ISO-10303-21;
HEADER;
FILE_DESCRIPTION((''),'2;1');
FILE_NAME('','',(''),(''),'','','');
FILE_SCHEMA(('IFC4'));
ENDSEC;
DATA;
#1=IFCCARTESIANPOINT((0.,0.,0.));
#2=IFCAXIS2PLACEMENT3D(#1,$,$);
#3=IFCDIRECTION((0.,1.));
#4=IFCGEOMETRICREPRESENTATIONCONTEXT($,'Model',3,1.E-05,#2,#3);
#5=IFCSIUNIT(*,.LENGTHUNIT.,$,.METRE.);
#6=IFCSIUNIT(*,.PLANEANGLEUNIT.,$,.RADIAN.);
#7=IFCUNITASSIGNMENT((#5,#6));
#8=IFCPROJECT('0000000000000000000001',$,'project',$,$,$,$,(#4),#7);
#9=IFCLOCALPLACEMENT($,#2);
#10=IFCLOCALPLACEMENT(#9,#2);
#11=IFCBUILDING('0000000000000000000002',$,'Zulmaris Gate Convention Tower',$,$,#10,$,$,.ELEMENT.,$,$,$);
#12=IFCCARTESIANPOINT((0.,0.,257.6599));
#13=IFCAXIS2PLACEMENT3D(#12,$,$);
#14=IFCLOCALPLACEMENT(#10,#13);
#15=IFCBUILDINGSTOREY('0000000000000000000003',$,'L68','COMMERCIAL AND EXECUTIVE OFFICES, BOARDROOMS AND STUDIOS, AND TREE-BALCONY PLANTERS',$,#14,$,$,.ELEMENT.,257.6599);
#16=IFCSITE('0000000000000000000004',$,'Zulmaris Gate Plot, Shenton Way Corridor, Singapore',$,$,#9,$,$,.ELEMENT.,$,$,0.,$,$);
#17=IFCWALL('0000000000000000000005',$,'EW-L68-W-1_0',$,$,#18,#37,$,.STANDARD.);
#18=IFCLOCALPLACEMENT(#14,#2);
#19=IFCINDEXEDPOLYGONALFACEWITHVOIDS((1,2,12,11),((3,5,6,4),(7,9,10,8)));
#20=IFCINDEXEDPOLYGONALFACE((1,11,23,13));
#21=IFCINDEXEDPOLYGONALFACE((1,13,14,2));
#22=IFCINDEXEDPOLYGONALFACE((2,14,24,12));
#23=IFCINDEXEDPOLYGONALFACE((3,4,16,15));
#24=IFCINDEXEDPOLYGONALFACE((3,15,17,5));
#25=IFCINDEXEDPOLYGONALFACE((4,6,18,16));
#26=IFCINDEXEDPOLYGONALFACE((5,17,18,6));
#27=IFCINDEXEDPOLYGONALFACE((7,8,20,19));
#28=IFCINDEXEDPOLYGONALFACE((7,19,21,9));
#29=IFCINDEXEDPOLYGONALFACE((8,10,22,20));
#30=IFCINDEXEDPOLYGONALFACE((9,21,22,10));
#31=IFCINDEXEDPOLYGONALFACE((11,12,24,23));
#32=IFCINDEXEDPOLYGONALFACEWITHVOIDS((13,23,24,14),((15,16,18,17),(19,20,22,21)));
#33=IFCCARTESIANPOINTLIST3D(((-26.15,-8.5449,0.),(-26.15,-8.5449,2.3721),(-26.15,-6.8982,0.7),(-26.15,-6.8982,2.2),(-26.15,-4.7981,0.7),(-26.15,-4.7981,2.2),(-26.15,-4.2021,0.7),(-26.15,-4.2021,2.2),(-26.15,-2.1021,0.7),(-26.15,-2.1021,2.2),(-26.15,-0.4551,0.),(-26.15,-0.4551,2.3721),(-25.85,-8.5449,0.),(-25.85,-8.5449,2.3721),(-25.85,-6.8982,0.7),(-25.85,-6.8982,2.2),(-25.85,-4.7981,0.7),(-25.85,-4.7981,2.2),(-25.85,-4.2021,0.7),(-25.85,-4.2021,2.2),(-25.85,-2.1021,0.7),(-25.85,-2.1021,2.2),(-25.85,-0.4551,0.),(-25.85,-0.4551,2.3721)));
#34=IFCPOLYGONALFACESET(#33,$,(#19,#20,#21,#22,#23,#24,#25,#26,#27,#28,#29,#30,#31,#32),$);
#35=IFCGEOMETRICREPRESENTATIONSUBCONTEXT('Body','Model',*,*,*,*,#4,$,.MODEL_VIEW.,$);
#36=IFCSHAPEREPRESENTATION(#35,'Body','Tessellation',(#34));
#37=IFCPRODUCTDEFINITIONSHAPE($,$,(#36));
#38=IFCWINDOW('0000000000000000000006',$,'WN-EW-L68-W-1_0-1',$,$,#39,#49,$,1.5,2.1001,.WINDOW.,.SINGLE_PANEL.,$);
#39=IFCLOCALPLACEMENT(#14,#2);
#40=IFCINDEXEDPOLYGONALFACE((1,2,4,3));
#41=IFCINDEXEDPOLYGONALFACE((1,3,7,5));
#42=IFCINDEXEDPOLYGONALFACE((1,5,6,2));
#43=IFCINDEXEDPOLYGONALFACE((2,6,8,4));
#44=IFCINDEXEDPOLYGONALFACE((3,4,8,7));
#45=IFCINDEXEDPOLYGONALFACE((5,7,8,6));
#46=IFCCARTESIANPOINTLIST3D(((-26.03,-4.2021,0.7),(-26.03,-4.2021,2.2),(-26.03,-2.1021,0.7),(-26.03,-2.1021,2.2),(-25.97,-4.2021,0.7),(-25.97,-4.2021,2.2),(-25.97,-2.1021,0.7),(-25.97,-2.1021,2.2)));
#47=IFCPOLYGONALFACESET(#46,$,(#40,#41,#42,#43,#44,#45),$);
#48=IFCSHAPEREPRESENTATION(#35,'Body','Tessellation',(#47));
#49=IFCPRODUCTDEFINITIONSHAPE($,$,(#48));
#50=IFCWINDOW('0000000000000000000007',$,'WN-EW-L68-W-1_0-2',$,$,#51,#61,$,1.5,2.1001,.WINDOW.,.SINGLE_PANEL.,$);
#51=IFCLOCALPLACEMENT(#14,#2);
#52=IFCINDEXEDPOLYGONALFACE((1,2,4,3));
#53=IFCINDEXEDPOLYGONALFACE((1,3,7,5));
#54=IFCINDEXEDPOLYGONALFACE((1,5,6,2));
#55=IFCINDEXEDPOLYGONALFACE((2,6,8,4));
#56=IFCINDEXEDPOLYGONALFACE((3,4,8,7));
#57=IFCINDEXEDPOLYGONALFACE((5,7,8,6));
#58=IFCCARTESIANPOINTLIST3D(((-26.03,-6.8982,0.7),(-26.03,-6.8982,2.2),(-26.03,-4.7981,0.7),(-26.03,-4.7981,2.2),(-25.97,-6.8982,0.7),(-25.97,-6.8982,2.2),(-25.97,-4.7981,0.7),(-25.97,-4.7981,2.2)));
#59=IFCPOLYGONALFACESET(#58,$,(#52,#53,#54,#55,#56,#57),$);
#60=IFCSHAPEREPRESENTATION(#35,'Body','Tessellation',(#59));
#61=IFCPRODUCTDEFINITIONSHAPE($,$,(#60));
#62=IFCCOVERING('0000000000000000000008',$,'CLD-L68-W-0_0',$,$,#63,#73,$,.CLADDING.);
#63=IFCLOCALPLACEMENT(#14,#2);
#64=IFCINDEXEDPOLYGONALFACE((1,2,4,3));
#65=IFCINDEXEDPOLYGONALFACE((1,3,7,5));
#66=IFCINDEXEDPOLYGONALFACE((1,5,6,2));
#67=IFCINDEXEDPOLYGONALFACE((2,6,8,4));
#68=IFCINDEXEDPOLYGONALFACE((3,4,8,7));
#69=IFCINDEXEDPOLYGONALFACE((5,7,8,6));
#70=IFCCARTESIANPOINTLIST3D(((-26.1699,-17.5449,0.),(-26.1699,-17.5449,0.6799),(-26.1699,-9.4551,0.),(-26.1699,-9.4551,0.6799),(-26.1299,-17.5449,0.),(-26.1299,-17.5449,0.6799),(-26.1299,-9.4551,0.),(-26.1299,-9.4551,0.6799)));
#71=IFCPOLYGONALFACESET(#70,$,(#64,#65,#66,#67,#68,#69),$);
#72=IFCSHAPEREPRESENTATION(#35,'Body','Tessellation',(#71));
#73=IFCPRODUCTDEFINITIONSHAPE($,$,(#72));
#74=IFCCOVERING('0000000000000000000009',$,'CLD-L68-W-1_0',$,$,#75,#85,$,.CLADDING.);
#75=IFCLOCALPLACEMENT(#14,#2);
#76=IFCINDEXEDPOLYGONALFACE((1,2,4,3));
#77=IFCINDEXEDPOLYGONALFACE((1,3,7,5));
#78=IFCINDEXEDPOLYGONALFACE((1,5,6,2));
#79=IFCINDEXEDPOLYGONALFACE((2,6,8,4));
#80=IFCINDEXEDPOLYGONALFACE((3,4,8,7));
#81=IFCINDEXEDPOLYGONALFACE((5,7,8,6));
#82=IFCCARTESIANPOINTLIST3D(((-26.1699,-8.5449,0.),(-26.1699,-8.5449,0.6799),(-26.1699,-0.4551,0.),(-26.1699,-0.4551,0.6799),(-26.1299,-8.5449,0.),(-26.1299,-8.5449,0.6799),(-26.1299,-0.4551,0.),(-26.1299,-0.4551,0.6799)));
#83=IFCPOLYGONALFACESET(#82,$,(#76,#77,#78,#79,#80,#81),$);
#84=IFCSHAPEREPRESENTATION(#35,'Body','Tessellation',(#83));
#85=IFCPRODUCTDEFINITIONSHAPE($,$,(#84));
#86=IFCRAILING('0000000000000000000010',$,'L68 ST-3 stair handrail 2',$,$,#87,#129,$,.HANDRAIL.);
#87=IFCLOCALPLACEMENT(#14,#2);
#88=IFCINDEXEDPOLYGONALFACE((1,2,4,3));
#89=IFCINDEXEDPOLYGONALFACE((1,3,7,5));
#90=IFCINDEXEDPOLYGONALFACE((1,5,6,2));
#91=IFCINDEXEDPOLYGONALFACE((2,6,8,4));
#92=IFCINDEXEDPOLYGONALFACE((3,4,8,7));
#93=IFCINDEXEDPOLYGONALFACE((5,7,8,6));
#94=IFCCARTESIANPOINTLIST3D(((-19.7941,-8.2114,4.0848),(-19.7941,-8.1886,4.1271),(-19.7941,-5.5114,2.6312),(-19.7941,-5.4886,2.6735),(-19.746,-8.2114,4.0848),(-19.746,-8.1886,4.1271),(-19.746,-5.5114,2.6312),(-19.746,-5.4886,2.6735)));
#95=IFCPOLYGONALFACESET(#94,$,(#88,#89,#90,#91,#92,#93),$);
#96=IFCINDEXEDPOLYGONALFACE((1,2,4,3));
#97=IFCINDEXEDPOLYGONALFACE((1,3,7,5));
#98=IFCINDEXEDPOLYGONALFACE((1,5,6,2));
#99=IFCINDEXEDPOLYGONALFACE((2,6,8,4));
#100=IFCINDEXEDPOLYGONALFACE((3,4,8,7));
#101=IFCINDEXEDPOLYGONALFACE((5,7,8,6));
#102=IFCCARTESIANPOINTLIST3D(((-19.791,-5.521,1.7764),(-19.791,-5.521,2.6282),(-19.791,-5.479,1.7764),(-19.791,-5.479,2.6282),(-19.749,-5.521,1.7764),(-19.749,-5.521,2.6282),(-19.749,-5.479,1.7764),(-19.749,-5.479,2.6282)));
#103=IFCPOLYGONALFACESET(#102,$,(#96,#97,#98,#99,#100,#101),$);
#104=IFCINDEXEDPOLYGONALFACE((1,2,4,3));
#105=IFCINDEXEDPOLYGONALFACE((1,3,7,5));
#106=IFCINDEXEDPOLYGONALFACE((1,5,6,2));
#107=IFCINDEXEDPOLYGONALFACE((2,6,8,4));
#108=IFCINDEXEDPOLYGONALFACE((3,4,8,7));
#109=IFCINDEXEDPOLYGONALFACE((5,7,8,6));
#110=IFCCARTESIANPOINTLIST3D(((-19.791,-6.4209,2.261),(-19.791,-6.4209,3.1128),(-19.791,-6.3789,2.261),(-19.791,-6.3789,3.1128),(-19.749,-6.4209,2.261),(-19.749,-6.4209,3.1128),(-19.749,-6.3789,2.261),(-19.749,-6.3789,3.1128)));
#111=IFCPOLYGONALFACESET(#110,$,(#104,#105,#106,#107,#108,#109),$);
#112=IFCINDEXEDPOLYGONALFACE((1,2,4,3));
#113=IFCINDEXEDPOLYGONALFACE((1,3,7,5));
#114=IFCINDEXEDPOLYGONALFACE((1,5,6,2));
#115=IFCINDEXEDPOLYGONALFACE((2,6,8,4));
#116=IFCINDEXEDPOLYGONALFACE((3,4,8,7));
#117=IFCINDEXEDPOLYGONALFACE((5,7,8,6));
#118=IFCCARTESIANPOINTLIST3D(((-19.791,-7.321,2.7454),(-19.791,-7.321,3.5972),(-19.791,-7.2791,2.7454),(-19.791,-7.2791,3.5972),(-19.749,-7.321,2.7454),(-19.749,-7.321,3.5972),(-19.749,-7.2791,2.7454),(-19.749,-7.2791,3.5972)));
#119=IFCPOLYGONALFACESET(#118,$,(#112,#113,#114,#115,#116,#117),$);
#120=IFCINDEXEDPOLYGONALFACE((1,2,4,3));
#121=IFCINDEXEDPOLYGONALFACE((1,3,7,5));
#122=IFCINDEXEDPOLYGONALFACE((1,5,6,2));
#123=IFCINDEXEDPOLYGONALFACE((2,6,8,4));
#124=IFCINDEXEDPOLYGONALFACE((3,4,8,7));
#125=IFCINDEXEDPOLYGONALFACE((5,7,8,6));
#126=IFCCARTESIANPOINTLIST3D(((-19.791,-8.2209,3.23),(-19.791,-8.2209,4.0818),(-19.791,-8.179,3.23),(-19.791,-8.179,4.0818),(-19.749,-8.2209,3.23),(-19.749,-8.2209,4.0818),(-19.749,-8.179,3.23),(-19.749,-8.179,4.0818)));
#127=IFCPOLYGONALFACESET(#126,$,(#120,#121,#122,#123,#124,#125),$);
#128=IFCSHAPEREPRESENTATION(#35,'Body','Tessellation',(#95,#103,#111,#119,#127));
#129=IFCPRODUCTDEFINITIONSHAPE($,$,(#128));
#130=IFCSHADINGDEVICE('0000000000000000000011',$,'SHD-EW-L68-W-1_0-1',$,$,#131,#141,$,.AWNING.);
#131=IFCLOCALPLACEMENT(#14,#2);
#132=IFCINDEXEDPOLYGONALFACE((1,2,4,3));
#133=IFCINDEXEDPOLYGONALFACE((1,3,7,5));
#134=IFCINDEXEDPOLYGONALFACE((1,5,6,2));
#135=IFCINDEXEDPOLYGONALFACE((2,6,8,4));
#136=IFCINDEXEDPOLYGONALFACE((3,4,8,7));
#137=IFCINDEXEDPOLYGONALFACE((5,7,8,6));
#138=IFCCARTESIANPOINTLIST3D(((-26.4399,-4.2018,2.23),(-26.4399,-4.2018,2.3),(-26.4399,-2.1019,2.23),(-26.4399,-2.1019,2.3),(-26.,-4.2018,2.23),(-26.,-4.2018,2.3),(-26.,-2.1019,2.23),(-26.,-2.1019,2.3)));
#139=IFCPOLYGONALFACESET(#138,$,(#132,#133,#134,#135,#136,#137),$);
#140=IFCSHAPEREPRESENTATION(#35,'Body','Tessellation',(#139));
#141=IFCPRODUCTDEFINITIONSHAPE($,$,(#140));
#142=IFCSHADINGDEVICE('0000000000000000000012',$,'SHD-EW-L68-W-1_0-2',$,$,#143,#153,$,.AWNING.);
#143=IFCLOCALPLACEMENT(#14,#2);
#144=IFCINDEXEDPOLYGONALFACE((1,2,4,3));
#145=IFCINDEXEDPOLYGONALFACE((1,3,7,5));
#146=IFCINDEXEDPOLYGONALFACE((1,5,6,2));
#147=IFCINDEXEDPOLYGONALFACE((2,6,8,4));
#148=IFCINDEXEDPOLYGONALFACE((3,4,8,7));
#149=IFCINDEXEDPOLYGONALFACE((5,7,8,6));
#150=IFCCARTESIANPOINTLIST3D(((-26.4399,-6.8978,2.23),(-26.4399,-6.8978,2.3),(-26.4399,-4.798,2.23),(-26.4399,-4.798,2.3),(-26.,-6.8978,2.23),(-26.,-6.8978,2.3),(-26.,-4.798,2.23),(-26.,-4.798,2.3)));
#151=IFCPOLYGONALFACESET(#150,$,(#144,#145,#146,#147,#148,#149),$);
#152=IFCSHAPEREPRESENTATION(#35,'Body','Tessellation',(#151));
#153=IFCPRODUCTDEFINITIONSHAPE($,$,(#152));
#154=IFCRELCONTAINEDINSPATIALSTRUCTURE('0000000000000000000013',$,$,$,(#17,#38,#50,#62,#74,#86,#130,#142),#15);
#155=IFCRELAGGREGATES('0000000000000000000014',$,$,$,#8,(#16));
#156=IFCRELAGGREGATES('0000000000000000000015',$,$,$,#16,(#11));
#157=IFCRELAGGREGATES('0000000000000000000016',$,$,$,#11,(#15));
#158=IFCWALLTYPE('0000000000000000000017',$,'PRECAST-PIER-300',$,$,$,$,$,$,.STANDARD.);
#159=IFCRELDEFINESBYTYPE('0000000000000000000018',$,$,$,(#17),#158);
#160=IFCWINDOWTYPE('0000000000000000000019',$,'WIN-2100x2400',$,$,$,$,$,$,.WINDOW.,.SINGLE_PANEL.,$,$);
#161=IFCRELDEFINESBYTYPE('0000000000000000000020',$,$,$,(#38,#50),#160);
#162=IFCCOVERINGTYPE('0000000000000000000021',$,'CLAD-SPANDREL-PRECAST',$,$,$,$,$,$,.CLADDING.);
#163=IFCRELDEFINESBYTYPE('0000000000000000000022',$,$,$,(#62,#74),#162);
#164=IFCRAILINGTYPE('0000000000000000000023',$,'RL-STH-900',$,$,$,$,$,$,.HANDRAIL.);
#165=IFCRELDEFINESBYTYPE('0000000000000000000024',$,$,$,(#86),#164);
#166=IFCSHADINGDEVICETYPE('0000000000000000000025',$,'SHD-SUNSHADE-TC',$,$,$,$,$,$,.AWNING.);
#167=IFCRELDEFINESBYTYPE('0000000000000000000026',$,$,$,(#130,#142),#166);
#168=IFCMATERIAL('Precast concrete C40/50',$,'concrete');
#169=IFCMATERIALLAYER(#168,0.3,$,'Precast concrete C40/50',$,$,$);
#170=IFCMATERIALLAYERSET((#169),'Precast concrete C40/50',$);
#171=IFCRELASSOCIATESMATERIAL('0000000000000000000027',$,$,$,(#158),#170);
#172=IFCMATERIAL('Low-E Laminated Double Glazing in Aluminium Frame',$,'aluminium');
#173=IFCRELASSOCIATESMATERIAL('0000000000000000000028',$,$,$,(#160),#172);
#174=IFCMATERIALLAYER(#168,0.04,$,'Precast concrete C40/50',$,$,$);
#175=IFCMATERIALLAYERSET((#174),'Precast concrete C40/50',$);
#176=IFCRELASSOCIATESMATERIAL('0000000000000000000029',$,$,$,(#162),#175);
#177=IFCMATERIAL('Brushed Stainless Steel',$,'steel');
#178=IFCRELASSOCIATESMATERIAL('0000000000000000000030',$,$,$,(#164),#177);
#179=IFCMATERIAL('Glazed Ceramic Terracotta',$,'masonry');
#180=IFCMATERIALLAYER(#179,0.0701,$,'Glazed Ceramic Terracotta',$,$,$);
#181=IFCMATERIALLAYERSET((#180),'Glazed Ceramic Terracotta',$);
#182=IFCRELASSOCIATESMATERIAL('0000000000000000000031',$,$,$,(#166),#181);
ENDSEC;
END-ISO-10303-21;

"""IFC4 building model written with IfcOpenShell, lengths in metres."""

from ifc_helpers import new_model, si_unit, direction, frame, frame_2d, origin, origin_2d, place, context, subcontext, project, spatial, rectangle, extrude, material, layer, layer_set, type_object, element, fill, save


model = new_model("IFC4")

# Units and contexts
model_context = context("Model", 3, precision=1e-05, world=origin(), true_north=direction((0.0, 1.0)))
body_context = subcontext(model_context, "Body", "Model", "MODEL_VIEW")
ifc_project = project(units=[si_unit("LENGTHUNIT", "METRE"), si_unit("PLANEANGLEUNIT", "RADIAN")], contexts=[model_context])

# Site, building, storey
site_placement = place(None, origin())
site = spatial("IfcSite", under=ifc_project, at=site_placement, Name="Zulmaris Gate Plot, Shenton Way Corridor, Singapore", CompositionType="ELEMENT", RefElevation=0.0)
building_placement = place(site_placement, origin())
building = spatial("IfcBuilding", under=site, at=building_placement, Name="Zulmaris Gate Convention Tower", CompositionType="ELEMENT")
storey_placement = place(building_placement, frame((0.0, 0.0, 257.6599)))
storey = spatial("IfcBuildingStorey", under=building, at=storey_placement, Name="L68", Description="COMMERCIAL AND EXECUTIVE OFFICES, BOARDROOMS AND STUDIOS, AND TREE-BALCONY PLANTERS", CompositionType="ELEMENT", Elevation=257.6599)

# Shared definitions
ifc_material_1 = material(Name="Precast concrete C40/50", Category="concrete")
ifc_layer_1 = layer(ifc_material_1, 0.3, Name="Precast concrete C40/50")
ifc_layer_set_1 = layer_set([ifc_layer_1], Name="Precast concrete C40/50")
wall_type_1 = type_object("IfcWallType", Name="PRECAST-PIER-300", PredefinedType="STANDARD", material=ifc_layer_set_1)

# Wall, openings, windows
wall_1_placement = place(storey_placement, frame((-26.0, -0.4551, 0.0), z_axis=(0.0, 0.0, 1.0), x_axis=(0.0, -1.0, 0.0)))
wall_1 = element("IfcWall", 1, at=wall_1_placement, inside=storey, type_object=wall_type_1, Name="EW-L68-W-1_0", PredefinedType="STANDARD", context=body_context, shape_type="SweptSolid", body=[
    extrude(rectangle(XDim=8.0898, YDim=0.3, at=frame_2d((4.0449, 0.0))), origin(), (0.0, 0.0, 1.0), 2.3721),
])
opening_1_placement = place(wall_1_placement, frame((1.647, 0.0, 0.7)))
opening_1 = element("IfcOpeningElement", 2, at=opening_1_placement, cuts=wall_1, PredefinedType="OPENING", context=body_context, shape_type="SweptSolid", body=[
    extrude(rectangle(XDim=2.1001, YDim=1.5, at=frame_2d((1.05, 0.75))), frame((0.0, 0.1602, 0.0), z_axis=(0.0, -1.0, 0.0), x_axis=(1.0, 0.0, 0.0)), (0.0, 0.0, 1.0), 0.3201),
])
opening_2_placement = place(wall_1_placement, frame((4.343, 0.0, 0.7)))
opening_2 = element("IfcOpeningElement", 3, at=opening_2_placement, cuts=wall_1, PredefinedType="OPENING", context=body_context, shape_type="SweptSolid", body=[
    extrude(rectangle(XDim=2.1001, YDim=1.5, at=frame_2d((1.05, 0.75))), frame((0.0, 0.1602, 0.0), z_axis=(0.0, -1.0, 0.0), x_axis=(1.0, 0.0, 0.0)), (0.0, 0.0, 1.0), 0.3201),
])
ifc_material_2 = material(Name="Low-E Laminated Double Glazing in Aluminium Frame", Category="aluminium")
window_type = type_object("IfcWindowType", Name="WIN-2100x2400", PartitioningType="SINGLE_PANEL", PredefinedType="WINDOW", material=ifc_material_2)
window_1_placement = place(opening_1_placement, origin())
window_1 = element("IfcWindow", 4, at=window_1_placement, inside=storey, type_object=window_type, Name="WN-EW-L68-W-1_0-1", OverallHeight=1.5, OverallWidth=2.1001, PartitioningType="SINGLE_PANEL", PredefinedType="WINDOW", context=body_context, shape_type="SweptSolid", body=[
    extrude(rectangle(XDim=2.1001, YDim=1.5, at=frame_2d((1.05, 0.75))), frame((0.0, 0.03, 0.0), z_axis=(0.0, -1.0, 0.0), x_axis=(1.0, 0.0, 0.0)), (0.0, 0.0, 1.0), 0.0601),
])
fill(opening_1, window_1)
window_2_placement = place(opening_2_placement, origin())
window_2 = element("IfcWindow", 5, at=window_2_placement, inside=storey, type_object=window_type, Name="WN-EW-L68-W-1_0-2", OverallHeight=1.5, OverallWidth=2.1001, PartitioningType="SINGLE_PANEL", PredefinedType="WINDOW", context=body_context, shape_type="SweptSolid", body=[
    extrude(rectangle(XDim=2.1001, YDim=1.5, at=frame_2d((1.05, 0.75))), frame((0.0, 0.03, 0.0), z_axis=(0.0, -1.0, 0.0), x_axis=(1.0, 0.0, 0.0)), (0.0, 0.0, 1.0), 0.0601),
])
fill(opening_2, window_2)

# Coverings
ifc_layer_2 = layer(ifc_material_1, 0.04, Name="Precast concrete C40/50")
ifc_layer_set_2 = layer_set([ifc_layer_2], Name="Precast concrete C40/50")
covering_type = type_object("IfcCoveringType", Name="CLAD-SPANDREL-PRECAST", PredefinedType="CLADDING", material=ifc_layer_set_2)
for number, where, z_axis, x_axis, name in (
    (6, (-26.1499, -9.4551, 0.0), (0.0, 0.0, 1.0), (0.0, -1.0, 0.0), "CLD-L68-W-0_0"),
    (7, (-26.1499, -0.4551, 0.0), (0.0, 0.0, 1.0), (0.0, -1.0, 0.0), "CLD-L68-W-1_0"),
):
    element("IfcCovering", number, at=place(storey_placement, frame(where, z_axis=z_axis, x_axis=x_axis)), inside=storey, type_object=covering_type, Name=name, PredefinedType="CLADDING", context=body_context, shape_type="SweptSolid", body=[
        extrude(rectangle(XDim=8.0898, YDim=0.04, at=frame_2d((4.0449, 0.0))), origin(), (0.0, 0.0, 1.0), 0.6799),
    ])

# Railing
ifc_material_3 = material(Name="Brushed Stainless Steel", Category="steel")
railing_type = type_object("IfcRailingType", Name="RL-STH-900", PredefinedType="HANDRAIL", material=ifc_material_3)
railing_placement = place(storey_placement, frame((-19.77, -5.5, 1.7764)))
element("IfcRailing", 8, at=railing_placement, inside=storey, type_object=railing_type, Name="L68 ST-3 stair handrail 2", PredefinedType="HANDRAIL", context=body_context, shape_type="SweptSolid", body=[
    extrude(rectangle(XDim=0.0481, YDim=0.0481, at=origin_2d()), frame((0.0, 0.0, 0.876), z_axis=(0.0, -0.880499, 0.474048), x_axis=(1.0, 0.0, 0.0)), (0.0, 0.0, 1.0), 3.0664),
    extrude(rectangle(XDim=0.042, YDim=0.042, at=origin_2d()), origin(), (0.0, 0.0, 1.0), 0.8518),
    extrude(rectangle(XDim=0.042, YDim=0.042, at=origin_2d()), frame((0.0, -0.8999, 0.4846)), (0.0, 0.0, 1.0), 0.8518),
    extrude(rectangle(XDim=0.042, YDim=0.042, at=origin_2d()), frame((0.0, -1.8, 0.969)), (0.0, 0.0, 1.0), 0.8518),
    extrude(rectangle(XDim=0.042, YDim=0.042, at=origin_2d()), frame((0.0, -2.7, 1.4536)), (0.0, 0.0, 1.0), 0.8518),
])

# Shading devices
ifc_material_4 = material(Name="Glazed Ceramic Terracotta", Category="masonry")
ifc_layer_3 = layer(ifc_material_4, 0.0701, Name="Glazed Ceramic Terracotta")
ifc_layer_set_3 = layer_set([ifc_layer_3], Name="Glazed Ceramic Terracotta")
shading_device_type = type_object("IfcShadingDeviceType", Name="SHD-SUNSHADE-TC", PredefinedType="AWNING", material=ifc_layer_set_3)
for number, where, z_axis, x_axis, name in (
    (9, (-26.22, -2.1021, 2.23), (0.0, 0.0, 1.0), (0.0, -1.0, 0.0), "SHD-EW-L68-W-1_0-1"),
    (10, (-26.22, -4.7981, 2.23), (0.0, 0.0, 1.0), (0.0, -1.0, 0.0), "SHD-EW-L68-W-1_0-2"),
):
    element("IfcShadingDevice", number, at=place(storey_placement, frame(where, z_axis=z_axis, x_axis=x_axis)), inside=storey, type_object=shading_device_type, Name=name, PredefinedType="AWNING", context=body_context, shape_type="SweptSolid", body=[
        extrude(rectangle(XDim=2.0999, YDim=0.4399, at=frame_2d((1.0498, 0.0))), origin(), (0.0, 0.0, 1.0), 0.0701),
    ])

save(model, "model.ifc")
